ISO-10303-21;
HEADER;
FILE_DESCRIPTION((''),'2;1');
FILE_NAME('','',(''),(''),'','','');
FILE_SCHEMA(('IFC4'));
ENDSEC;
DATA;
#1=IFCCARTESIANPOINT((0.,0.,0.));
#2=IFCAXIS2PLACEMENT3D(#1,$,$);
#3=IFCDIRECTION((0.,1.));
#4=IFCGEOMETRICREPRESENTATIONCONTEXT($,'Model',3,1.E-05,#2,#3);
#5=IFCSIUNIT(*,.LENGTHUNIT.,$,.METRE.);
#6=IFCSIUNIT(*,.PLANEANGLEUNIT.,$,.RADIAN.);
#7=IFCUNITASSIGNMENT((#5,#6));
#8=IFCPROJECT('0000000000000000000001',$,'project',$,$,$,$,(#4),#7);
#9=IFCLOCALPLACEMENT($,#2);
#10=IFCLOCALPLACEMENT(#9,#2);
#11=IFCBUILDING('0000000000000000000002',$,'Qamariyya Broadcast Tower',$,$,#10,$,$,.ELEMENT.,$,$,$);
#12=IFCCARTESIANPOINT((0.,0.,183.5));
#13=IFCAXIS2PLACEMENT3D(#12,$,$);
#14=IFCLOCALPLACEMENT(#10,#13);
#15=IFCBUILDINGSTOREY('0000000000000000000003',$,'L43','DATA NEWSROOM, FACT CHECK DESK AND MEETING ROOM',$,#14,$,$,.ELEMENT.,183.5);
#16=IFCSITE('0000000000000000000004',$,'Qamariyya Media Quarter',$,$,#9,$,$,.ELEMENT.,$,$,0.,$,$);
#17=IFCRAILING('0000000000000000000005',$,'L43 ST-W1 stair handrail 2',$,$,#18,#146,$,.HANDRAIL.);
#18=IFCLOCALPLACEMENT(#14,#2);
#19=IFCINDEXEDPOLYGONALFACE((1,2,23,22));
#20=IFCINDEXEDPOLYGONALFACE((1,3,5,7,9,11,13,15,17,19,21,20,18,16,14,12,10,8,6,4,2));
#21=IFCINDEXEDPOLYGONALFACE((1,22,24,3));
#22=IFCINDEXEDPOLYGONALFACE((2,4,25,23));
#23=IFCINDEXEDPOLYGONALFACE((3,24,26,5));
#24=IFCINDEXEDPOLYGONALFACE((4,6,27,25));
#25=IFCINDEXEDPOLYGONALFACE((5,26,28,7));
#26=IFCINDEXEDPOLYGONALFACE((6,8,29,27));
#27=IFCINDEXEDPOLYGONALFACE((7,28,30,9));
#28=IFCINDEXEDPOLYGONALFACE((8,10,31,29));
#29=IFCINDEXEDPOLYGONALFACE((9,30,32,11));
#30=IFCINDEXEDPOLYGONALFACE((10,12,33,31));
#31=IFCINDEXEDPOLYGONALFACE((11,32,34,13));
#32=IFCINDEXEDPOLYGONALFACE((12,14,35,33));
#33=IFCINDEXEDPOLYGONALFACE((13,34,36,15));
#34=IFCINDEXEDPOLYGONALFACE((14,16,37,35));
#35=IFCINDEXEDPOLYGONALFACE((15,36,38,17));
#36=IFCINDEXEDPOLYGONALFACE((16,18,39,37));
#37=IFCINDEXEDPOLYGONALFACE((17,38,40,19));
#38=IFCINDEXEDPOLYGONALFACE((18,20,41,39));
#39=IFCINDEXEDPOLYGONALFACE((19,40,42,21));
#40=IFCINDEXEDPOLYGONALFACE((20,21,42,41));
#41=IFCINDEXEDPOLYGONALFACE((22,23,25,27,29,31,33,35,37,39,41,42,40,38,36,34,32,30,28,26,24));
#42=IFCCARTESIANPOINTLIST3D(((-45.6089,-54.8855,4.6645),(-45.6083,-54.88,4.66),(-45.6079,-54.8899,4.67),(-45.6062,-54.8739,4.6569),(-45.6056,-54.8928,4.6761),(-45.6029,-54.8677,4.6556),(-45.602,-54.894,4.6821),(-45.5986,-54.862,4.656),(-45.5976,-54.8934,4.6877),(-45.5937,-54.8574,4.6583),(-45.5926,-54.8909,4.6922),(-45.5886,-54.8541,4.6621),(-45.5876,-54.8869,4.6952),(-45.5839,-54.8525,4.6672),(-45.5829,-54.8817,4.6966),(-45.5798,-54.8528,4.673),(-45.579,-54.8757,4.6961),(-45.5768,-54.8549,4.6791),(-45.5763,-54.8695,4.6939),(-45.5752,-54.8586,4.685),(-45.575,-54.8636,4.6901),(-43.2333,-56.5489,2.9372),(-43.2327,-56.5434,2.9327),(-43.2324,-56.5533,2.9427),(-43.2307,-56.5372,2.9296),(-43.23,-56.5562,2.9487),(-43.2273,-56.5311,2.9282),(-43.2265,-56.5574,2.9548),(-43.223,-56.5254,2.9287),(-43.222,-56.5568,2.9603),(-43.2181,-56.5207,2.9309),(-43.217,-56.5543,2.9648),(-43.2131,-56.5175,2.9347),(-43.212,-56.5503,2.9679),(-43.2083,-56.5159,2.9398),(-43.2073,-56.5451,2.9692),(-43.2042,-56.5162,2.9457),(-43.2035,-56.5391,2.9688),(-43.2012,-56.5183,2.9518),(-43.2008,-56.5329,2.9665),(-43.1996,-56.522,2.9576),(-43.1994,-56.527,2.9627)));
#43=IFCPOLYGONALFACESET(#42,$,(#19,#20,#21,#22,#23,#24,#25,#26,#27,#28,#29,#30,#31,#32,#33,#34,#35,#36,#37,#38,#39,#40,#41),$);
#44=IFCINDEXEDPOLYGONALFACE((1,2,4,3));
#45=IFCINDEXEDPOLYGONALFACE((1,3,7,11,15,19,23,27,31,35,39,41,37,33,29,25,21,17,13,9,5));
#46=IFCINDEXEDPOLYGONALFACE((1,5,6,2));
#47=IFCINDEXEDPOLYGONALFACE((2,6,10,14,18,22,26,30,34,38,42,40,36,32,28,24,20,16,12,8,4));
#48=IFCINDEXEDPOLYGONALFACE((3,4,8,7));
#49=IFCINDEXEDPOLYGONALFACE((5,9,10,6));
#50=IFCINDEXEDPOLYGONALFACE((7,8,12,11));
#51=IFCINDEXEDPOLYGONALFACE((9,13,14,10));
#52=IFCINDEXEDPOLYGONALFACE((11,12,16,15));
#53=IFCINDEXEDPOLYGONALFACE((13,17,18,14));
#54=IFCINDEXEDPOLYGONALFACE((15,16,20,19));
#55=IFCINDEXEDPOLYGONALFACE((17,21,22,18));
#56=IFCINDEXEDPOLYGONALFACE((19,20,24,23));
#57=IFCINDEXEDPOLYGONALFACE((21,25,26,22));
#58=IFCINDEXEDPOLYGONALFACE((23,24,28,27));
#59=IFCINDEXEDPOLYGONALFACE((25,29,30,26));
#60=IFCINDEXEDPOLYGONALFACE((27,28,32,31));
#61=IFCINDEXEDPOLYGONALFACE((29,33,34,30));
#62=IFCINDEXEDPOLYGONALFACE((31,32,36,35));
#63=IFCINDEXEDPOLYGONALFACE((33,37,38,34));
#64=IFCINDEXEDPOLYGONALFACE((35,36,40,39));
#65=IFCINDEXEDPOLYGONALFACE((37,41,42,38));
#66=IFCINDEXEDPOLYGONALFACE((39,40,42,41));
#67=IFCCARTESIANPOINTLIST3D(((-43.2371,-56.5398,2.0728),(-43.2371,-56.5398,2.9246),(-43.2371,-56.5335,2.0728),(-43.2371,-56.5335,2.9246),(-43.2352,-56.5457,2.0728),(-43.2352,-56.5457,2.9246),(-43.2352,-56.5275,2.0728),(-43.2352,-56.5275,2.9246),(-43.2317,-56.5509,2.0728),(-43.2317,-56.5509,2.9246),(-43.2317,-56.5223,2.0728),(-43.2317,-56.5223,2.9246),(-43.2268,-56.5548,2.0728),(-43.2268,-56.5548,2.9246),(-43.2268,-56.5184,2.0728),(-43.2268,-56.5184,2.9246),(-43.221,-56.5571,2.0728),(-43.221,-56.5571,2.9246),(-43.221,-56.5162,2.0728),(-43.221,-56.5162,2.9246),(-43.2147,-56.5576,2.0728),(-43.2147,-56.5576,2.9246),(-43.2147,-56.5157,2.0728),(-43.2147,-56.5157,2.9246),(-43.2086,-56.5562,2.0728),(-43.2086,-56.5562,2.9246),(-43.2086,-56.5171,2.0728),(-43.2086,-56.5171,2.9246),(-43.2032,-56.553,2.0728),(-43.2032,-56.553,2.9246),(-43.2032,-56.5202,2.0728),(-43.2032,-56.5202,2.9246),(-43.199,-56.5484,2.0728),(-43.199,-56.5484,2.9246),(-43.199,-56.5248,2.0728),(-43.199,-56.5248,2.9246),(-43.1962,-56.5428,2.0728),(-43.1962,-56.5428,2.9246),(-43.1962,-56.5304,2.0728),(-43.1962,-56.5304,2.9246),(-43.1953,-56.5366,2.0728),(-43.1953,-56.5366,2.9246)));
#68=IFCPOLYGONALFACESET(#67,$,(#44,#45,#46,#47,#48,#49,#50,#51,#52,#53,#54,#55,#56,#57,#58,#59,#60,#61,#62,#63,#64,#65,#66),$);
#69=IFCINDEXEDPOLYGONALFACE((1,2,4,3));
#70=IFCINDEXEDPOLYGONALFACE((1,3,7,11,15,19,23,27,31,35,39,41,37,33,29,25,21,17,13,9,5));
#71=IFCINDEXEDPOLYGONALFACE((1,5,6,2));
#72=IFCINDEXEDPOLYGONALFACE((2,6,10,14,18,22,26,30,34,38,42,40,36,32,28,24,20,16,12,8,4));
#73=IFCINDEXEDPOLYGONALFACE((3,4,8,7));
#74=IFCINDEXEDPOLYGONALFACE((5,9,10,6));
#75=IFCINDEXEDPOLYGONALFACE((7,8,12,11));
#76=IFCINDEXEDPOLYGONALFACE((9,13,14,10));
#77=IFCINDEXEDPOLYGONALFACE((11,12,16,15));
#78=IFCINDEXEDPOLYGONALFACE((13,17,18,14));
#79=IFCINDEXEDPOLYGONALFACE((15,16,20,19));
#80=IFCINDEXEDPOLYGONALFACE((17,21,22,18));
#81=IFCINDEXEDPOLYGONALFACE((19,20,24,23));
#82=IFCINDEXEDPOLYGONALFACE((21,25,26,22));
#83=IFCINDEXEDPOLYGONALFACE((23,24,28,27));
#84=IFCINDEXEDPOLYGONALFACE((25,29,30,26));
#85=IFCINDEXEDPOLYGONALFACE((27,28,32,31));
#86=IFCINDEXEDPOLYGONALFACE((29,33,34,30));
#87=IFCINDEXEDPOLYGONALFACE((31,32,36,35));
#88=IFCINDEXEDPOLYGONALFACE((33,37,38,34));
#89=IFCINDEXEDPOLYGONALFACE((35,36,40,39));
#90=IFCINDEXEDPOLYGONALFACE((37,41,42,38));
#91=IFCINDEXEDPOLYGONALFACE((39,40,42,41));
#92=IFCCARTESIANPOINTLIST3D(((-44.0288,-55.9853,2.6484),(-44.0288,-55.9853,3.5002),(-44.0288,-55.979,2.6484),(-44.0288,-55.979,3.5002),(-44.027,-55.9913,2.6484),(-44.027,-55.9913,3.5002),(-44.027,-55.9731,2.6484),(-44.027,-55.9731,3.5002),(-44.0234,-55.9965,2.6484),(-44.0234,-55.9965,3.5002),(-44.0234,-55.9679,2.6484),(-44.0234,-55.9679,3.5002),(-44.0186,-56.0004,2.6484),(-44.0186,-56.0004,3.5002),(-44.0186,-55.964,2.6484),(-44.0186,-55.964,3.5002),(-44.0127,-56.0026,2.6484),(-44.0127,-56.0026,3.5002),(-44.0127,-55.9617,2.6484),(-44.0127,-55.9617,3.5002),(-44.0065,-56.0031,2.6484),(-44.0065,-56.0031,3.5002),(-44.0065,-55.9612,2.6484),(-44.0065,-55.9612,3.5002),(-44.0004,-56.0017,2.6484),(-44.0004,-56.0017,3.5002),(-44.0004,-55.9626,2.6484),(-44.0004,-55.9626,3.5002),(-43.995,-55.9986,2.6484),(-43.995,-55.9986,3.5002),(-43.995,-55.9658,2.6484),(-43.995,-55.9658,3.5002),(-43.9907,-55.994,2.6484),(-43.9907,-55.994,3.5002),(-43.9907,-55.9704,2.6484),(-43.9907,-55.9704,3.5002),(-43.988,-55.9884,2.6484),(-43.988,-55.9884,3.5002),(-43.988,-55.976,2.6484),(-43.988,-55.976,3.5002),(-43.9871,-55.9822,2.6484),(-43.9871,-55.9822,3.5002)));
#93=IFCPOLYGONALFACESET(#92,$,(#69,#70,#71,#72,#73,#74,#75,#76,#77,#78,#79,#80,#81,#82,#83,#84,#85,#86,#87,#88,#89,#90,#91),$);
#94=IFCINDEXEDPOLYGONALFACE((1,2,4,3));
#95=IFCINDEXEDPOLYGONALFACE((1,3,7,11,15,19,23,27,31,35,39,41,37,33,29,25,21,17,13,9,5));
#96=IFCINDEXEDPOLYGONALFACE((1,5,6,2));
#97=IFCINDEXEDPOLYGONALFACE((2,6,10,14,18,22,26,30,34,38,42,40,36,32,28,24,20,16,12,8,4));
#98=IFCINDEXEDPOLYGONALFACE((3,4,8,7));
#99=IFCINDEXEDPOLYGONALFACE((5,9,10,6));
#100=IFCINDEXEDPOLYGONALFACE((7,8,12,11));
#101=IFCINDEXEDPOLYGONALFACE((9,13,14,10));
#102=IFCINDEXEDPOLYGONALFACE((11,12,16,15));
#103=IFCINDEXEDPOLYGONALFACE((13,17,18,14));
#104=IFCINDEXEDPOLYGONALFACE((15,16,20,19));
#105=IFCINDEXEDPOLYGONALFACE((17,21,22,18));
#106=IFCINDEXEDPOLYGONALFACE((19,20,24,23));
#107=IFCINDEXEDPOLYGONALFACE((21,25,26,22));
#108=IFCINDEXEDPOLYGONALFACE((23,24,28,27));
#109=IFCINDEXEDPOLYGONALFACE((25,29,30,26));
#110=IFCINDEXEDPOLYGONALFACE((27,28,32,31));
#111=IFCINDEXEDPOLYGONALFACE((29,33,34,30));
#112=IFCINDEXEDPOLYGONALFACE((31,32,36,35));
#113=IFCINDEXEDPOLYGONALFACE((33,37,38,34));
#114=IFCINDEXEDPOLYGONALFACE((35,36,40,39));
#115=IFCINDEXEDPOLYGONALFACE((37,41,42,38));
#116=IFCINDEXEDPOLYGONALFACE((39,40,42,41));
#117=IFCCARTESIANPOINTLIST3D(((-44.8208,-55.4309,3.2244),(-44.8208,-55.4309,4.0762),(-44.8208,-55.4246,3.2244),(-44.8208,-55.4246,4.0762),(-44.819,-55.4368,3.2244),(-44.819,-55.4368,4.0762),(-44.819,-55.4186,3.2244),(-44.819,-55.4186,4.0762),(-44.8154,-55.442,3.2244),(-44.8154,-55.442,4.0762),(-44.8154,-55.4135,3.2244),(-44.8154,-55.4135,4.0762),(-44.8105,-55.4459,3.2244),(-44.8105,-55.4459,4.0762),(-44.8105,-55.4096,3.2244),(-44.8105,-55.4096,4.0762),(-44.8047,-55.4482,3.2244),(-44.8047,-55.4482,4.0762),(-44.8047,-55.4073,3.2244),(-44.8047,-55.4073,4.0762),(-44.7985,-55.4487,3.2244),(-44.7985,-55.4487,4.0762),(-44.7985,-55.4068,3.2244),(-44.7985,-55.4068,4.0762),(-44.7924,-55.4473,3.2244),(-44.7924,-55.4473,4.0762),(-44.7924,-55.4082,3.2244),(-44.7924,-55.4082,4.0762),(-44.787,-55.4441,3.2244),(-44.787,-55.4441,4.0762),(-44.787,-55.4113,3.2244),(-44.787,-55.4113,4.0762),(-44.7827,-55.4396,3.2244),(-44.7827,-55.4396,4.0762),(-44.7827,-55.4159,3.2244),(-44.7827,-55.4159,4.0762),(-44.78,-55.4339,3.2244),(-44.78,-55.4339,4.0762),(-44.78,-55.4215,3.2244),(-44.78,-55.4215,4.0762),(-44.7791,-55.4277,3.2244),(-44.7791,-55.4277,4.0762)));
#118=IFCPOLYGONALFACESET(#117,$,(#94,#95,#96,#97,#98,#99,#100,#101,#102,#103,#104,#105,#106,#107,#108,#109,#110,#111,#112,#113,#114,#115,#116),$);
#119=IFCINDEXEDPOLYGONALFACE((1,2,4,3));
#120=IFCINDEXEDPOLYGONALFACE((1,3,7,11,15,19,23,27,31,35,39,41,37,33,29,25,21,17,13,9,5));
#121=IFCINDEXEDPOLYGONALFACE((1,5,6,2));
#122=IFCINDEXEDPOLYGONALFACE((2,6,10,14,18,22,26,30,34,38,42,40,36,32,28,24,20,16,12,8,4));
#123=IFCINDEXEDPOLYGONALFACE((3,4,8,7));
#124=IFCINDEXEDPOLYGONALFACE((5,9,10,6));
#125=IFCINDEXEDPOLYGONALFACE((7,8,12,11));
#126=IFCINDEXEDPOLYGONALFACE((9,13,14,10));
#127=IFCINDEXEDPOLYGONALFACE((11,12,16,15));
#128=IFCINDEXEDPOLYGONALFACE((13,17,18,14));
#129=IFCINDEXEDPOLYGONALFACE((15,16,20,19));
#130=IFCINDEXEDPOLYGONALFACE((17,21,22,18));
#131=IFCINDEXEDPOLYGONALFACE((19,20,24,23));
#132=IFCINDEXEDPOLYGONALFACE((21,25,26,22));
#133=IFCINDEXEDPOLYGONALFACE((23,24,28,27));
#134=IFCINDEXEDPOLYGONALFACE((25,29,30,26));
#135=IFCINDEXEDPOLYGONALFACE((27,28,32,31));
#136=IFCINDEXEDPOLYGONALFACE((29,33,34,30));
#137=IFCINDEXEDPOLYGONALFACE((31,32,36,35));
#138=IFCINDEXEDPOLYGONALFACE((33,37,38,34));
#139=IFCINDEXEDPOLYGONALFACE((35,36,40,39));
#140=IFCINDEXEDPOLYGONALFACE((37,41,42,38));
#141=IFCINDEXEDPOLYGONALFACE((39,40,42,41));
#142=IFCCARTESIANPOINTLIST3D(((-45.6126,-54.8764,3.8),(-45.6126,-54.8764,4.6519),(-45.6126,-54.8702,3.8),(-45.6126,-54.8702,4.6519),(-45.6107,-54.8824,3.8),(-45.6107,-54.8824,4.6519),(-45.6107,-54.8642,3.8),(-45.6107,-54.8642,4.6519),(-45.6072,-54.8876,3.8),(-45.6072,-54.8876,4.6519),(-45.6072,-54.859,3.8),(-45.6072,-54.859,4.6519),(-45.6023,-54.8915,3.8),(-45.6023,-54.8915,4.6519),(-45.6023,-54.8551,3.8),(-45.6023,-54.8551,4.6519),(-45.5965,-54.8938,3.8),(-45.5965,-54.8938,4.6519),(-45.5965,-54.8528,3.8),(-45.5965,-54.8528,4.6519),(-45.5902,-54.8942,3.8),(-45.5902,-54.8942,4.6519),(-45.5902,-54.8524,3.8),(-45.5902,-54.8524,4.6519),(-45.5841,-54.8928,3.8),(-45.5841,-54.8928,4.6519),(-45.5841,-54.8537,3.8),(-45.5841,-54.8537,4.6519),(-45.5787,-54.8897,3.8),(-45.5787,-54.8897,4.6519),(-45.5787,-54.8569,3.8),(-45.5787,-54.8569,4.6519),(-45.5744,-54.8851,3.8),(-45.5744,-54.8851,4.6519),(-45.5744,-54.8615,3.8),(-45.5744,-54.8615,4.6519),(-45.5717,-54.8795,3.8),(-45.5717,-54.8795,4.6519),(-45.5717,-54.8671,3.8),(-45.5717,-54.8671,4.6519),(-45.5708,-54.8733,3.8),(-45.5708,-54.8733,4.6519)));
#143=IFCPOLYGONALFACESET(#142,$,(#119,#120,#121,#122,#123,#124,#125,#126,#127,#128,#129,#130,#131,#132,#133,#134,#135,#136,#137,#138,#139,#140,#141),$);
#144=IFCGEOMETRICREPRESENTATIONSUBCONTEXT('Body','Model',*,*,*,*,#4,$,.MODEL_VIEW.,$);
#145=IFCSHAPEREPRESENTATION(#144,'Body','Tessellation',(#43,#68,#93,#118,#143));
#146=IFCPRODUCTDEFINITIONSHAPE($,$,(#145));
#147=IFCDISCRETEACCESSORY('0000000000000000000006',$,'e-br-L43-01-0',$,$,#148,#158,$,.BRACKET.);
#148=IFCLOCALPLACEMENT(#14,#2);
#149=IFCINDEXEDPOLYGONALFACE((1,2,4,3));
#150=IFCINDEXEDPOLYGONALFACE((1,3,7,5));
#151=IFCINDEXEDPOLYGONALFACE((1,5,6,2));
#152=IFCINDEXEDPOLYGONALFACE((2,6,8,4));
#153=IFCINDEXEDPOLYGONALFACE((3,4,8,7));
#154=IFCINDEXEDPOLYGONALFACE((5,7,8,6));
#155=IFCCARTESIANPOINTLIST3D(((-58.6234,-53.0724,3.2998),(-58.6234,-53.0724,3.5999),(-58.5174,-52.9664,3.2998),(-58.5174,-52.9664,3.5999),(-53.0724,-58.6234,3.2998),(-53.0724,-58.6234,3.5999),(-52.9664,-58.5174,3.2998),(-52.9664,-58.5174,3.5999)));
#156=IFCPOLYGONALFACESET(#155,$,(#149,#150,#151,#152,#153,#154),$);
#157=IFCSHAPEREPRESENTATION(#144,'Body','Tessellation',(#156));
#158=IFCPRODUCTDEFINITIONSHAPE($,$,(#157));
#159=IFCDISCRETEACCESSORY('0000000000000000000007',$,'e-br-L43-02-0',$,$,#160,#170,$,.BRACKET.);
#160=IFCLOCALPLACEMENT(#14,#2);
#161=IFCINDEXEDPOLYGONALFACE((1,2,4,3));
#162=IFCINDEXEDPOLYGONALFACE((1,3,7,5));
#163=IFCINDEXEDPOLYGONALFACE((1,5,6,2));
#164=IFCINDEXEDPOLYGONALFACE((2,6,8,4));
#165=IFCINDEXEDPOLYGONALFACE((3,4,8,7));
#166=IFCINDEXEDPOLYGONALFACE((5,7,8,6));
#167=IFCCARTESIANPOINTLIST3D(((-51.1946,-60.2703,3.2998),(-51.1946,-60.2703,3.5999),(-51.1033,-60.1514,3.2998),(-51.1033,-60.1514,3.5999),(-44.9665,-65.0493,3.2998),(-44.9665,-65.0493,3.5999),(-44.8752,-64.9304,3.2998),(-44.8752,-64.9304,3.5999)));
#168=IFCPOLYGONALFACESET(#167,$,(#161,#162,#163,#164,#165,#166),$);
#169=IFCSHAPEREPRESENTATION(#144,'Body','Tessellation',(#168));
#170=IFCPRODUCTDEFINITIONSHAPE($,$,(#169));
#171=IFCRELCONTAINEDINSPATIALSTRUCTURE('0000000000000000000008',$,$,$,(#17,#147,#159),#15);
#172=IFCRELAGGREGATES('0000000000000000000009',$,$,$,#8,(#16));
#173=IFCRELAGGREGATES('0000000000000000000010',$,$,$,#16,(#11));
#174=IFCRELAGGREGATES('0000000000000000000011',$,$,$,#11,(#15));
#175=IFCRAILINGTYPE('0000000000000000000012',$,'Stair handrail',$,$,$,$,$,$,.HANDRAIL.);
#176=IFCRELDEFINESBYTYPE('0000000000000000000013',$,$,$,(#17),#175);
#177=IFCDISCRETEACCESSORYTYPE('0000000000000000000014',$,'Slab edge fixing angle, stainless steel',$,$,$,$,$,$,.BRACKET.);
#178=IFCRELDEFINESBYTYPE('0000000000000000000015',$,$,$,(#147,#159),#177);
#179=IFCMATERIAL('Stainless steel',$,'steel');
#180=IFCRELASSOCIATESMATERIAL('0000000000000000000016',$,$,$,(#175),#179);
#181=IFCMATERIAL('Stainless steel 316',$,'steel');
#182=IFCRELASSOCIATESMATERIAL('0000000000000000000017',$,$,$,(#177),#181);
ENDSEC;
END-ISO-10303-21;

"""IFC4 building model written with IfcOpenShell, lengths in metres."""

from ifc_helpers import new_model, si_unit, direction, frame, origin, origin_2d, place, context, subcontext, project, spatial, rectangle, circle, extrude, material, type_object, element, save


model = new_model("IFC4")

# Units and contexts
model_context = context("Model", 3, precision=1e-05, world=origin(), true_north=direction((0.0, 1.0)))
body_context = subcontext(model_context, "Body", "Model", "MODEL_VIEW")
ifc_project = project(units=[si_unit("LENGTHUNIT", "METRE"), si_unit("PLANEANGLEUNIT", "RADIAN")], contexts=[model_context])

# Site, building, storey
site_placement = place(None, origin())
site = spatial("IfcSite", under=ifc_project, at=site_placement, Name="Qamariyya Media Quarter", CompositionType="ELEMENT", RefElevation=0.0)
building_placement = place(site_placement, origin())
building = spatial("IfcBuilding", under=site, at=building_placement, Name="Qamariyya Broadcast Tower", CompositionType="ELEMENT")
storey_placement = place(building_placement, frame((0.0, 0.0, 183.5)))
storey = spatial("IfcBuildingStorey", under=building, at=storey_placement, Name="L43", Description="DATA NEWSROOM, FACT CHECK DESK AND MEETING ROOM", CompositionType="ELEMENT", Elevation=183.5)

# Railing
ifc_material_1 = material(Name="Stainless steel", Category="steel")
railing_type_1 = type_object("IfcRailingType", Name="Stair handrail", PredefinedType="HANDRAIL", material=ifc_material_1)
railing_1_placement = place(storey_placement, frame((-43.2163, -56.5366, 2.0728)))
element("IfcRailing", 1, at=railing_1_placement, inside=storey, type_object=railing_type_1, Name="L43 ST-W1 stair handrail 2", PredefinedType="HANDRAIL", context=body_context, shape_type="SweptSolid", body=[
    extrude(circle(Radius=0.0239, at=origin_2d()), frame((0.0, 0.0, 0.876), z_axis=(-0.70377, 0.492784, 0.511734), x_axis=(-0.573575, -0.819153, 0.0)), (0.0, 0.0, 1.0), 3.3755),
    extrude(circle(Radius=0.021, at=origin_2d()), origin(), (0.0, 0.0, 1.0), 0.8518),
    extrude(circle(Radius=0.021, at=origin_2d()), frame((-0.7917, 0.5544, 0.5757)), (0.0, 0.0, 1.0), 0.8518),
    extrude(circle(Radius=0.021, at=origin_2d()), frame((-1.5837, 1.1089, 1.1516)), (0.0, 0.0, 1.0), 0.8518),
    extrude(circle(Radius=0.021, at=origin_2d()), frame((-2.3755, 1.6633, 1.7273)), (0.0, 0.0, 1.0), 0.8518),
])

# Discrete accessories
ifc_material_2 = material(Name="Stainless steel 316", Category="steel")
discrete_accessory_type = type_object("IfcDiscreteAccessoryType", Name="Slab edge fixing angle, stainless steel", PredefinedType="BRACKET", material=ifc_material_2)
for number, where, z_axis, x_axis, name in (
    (2, (-55.7949, -55.7949, 3.2998), (0.0, 0.0, 1.0), (0.707107, -0.707107, 0.0), "e-br-L43-01-0"),
    (3, (-48.0349, -62.6003, 3.2998), (0.0, 0.0, 1.0), (0.793353, -0.608761, 0.0), "e-br-L43-02-0"),
):
    element("IfcDiscreteAccessory", number, at=place(storey_placement, frame(where, z_axis=z_axis, x_axis=x_axis)), inside=storey, type_object=discrete_accessory_type, Name=name, PredefinedType="BRACKET", context=body_context, shape_type="SweptSolid", body=[
        extrude(rectangle(XDim=7.8503, YDim=0.1499, at=origin_2d()), origin(), (0.0, 0.0, 1.0), 0.3),
    ])

save(model, "model.ifc")
